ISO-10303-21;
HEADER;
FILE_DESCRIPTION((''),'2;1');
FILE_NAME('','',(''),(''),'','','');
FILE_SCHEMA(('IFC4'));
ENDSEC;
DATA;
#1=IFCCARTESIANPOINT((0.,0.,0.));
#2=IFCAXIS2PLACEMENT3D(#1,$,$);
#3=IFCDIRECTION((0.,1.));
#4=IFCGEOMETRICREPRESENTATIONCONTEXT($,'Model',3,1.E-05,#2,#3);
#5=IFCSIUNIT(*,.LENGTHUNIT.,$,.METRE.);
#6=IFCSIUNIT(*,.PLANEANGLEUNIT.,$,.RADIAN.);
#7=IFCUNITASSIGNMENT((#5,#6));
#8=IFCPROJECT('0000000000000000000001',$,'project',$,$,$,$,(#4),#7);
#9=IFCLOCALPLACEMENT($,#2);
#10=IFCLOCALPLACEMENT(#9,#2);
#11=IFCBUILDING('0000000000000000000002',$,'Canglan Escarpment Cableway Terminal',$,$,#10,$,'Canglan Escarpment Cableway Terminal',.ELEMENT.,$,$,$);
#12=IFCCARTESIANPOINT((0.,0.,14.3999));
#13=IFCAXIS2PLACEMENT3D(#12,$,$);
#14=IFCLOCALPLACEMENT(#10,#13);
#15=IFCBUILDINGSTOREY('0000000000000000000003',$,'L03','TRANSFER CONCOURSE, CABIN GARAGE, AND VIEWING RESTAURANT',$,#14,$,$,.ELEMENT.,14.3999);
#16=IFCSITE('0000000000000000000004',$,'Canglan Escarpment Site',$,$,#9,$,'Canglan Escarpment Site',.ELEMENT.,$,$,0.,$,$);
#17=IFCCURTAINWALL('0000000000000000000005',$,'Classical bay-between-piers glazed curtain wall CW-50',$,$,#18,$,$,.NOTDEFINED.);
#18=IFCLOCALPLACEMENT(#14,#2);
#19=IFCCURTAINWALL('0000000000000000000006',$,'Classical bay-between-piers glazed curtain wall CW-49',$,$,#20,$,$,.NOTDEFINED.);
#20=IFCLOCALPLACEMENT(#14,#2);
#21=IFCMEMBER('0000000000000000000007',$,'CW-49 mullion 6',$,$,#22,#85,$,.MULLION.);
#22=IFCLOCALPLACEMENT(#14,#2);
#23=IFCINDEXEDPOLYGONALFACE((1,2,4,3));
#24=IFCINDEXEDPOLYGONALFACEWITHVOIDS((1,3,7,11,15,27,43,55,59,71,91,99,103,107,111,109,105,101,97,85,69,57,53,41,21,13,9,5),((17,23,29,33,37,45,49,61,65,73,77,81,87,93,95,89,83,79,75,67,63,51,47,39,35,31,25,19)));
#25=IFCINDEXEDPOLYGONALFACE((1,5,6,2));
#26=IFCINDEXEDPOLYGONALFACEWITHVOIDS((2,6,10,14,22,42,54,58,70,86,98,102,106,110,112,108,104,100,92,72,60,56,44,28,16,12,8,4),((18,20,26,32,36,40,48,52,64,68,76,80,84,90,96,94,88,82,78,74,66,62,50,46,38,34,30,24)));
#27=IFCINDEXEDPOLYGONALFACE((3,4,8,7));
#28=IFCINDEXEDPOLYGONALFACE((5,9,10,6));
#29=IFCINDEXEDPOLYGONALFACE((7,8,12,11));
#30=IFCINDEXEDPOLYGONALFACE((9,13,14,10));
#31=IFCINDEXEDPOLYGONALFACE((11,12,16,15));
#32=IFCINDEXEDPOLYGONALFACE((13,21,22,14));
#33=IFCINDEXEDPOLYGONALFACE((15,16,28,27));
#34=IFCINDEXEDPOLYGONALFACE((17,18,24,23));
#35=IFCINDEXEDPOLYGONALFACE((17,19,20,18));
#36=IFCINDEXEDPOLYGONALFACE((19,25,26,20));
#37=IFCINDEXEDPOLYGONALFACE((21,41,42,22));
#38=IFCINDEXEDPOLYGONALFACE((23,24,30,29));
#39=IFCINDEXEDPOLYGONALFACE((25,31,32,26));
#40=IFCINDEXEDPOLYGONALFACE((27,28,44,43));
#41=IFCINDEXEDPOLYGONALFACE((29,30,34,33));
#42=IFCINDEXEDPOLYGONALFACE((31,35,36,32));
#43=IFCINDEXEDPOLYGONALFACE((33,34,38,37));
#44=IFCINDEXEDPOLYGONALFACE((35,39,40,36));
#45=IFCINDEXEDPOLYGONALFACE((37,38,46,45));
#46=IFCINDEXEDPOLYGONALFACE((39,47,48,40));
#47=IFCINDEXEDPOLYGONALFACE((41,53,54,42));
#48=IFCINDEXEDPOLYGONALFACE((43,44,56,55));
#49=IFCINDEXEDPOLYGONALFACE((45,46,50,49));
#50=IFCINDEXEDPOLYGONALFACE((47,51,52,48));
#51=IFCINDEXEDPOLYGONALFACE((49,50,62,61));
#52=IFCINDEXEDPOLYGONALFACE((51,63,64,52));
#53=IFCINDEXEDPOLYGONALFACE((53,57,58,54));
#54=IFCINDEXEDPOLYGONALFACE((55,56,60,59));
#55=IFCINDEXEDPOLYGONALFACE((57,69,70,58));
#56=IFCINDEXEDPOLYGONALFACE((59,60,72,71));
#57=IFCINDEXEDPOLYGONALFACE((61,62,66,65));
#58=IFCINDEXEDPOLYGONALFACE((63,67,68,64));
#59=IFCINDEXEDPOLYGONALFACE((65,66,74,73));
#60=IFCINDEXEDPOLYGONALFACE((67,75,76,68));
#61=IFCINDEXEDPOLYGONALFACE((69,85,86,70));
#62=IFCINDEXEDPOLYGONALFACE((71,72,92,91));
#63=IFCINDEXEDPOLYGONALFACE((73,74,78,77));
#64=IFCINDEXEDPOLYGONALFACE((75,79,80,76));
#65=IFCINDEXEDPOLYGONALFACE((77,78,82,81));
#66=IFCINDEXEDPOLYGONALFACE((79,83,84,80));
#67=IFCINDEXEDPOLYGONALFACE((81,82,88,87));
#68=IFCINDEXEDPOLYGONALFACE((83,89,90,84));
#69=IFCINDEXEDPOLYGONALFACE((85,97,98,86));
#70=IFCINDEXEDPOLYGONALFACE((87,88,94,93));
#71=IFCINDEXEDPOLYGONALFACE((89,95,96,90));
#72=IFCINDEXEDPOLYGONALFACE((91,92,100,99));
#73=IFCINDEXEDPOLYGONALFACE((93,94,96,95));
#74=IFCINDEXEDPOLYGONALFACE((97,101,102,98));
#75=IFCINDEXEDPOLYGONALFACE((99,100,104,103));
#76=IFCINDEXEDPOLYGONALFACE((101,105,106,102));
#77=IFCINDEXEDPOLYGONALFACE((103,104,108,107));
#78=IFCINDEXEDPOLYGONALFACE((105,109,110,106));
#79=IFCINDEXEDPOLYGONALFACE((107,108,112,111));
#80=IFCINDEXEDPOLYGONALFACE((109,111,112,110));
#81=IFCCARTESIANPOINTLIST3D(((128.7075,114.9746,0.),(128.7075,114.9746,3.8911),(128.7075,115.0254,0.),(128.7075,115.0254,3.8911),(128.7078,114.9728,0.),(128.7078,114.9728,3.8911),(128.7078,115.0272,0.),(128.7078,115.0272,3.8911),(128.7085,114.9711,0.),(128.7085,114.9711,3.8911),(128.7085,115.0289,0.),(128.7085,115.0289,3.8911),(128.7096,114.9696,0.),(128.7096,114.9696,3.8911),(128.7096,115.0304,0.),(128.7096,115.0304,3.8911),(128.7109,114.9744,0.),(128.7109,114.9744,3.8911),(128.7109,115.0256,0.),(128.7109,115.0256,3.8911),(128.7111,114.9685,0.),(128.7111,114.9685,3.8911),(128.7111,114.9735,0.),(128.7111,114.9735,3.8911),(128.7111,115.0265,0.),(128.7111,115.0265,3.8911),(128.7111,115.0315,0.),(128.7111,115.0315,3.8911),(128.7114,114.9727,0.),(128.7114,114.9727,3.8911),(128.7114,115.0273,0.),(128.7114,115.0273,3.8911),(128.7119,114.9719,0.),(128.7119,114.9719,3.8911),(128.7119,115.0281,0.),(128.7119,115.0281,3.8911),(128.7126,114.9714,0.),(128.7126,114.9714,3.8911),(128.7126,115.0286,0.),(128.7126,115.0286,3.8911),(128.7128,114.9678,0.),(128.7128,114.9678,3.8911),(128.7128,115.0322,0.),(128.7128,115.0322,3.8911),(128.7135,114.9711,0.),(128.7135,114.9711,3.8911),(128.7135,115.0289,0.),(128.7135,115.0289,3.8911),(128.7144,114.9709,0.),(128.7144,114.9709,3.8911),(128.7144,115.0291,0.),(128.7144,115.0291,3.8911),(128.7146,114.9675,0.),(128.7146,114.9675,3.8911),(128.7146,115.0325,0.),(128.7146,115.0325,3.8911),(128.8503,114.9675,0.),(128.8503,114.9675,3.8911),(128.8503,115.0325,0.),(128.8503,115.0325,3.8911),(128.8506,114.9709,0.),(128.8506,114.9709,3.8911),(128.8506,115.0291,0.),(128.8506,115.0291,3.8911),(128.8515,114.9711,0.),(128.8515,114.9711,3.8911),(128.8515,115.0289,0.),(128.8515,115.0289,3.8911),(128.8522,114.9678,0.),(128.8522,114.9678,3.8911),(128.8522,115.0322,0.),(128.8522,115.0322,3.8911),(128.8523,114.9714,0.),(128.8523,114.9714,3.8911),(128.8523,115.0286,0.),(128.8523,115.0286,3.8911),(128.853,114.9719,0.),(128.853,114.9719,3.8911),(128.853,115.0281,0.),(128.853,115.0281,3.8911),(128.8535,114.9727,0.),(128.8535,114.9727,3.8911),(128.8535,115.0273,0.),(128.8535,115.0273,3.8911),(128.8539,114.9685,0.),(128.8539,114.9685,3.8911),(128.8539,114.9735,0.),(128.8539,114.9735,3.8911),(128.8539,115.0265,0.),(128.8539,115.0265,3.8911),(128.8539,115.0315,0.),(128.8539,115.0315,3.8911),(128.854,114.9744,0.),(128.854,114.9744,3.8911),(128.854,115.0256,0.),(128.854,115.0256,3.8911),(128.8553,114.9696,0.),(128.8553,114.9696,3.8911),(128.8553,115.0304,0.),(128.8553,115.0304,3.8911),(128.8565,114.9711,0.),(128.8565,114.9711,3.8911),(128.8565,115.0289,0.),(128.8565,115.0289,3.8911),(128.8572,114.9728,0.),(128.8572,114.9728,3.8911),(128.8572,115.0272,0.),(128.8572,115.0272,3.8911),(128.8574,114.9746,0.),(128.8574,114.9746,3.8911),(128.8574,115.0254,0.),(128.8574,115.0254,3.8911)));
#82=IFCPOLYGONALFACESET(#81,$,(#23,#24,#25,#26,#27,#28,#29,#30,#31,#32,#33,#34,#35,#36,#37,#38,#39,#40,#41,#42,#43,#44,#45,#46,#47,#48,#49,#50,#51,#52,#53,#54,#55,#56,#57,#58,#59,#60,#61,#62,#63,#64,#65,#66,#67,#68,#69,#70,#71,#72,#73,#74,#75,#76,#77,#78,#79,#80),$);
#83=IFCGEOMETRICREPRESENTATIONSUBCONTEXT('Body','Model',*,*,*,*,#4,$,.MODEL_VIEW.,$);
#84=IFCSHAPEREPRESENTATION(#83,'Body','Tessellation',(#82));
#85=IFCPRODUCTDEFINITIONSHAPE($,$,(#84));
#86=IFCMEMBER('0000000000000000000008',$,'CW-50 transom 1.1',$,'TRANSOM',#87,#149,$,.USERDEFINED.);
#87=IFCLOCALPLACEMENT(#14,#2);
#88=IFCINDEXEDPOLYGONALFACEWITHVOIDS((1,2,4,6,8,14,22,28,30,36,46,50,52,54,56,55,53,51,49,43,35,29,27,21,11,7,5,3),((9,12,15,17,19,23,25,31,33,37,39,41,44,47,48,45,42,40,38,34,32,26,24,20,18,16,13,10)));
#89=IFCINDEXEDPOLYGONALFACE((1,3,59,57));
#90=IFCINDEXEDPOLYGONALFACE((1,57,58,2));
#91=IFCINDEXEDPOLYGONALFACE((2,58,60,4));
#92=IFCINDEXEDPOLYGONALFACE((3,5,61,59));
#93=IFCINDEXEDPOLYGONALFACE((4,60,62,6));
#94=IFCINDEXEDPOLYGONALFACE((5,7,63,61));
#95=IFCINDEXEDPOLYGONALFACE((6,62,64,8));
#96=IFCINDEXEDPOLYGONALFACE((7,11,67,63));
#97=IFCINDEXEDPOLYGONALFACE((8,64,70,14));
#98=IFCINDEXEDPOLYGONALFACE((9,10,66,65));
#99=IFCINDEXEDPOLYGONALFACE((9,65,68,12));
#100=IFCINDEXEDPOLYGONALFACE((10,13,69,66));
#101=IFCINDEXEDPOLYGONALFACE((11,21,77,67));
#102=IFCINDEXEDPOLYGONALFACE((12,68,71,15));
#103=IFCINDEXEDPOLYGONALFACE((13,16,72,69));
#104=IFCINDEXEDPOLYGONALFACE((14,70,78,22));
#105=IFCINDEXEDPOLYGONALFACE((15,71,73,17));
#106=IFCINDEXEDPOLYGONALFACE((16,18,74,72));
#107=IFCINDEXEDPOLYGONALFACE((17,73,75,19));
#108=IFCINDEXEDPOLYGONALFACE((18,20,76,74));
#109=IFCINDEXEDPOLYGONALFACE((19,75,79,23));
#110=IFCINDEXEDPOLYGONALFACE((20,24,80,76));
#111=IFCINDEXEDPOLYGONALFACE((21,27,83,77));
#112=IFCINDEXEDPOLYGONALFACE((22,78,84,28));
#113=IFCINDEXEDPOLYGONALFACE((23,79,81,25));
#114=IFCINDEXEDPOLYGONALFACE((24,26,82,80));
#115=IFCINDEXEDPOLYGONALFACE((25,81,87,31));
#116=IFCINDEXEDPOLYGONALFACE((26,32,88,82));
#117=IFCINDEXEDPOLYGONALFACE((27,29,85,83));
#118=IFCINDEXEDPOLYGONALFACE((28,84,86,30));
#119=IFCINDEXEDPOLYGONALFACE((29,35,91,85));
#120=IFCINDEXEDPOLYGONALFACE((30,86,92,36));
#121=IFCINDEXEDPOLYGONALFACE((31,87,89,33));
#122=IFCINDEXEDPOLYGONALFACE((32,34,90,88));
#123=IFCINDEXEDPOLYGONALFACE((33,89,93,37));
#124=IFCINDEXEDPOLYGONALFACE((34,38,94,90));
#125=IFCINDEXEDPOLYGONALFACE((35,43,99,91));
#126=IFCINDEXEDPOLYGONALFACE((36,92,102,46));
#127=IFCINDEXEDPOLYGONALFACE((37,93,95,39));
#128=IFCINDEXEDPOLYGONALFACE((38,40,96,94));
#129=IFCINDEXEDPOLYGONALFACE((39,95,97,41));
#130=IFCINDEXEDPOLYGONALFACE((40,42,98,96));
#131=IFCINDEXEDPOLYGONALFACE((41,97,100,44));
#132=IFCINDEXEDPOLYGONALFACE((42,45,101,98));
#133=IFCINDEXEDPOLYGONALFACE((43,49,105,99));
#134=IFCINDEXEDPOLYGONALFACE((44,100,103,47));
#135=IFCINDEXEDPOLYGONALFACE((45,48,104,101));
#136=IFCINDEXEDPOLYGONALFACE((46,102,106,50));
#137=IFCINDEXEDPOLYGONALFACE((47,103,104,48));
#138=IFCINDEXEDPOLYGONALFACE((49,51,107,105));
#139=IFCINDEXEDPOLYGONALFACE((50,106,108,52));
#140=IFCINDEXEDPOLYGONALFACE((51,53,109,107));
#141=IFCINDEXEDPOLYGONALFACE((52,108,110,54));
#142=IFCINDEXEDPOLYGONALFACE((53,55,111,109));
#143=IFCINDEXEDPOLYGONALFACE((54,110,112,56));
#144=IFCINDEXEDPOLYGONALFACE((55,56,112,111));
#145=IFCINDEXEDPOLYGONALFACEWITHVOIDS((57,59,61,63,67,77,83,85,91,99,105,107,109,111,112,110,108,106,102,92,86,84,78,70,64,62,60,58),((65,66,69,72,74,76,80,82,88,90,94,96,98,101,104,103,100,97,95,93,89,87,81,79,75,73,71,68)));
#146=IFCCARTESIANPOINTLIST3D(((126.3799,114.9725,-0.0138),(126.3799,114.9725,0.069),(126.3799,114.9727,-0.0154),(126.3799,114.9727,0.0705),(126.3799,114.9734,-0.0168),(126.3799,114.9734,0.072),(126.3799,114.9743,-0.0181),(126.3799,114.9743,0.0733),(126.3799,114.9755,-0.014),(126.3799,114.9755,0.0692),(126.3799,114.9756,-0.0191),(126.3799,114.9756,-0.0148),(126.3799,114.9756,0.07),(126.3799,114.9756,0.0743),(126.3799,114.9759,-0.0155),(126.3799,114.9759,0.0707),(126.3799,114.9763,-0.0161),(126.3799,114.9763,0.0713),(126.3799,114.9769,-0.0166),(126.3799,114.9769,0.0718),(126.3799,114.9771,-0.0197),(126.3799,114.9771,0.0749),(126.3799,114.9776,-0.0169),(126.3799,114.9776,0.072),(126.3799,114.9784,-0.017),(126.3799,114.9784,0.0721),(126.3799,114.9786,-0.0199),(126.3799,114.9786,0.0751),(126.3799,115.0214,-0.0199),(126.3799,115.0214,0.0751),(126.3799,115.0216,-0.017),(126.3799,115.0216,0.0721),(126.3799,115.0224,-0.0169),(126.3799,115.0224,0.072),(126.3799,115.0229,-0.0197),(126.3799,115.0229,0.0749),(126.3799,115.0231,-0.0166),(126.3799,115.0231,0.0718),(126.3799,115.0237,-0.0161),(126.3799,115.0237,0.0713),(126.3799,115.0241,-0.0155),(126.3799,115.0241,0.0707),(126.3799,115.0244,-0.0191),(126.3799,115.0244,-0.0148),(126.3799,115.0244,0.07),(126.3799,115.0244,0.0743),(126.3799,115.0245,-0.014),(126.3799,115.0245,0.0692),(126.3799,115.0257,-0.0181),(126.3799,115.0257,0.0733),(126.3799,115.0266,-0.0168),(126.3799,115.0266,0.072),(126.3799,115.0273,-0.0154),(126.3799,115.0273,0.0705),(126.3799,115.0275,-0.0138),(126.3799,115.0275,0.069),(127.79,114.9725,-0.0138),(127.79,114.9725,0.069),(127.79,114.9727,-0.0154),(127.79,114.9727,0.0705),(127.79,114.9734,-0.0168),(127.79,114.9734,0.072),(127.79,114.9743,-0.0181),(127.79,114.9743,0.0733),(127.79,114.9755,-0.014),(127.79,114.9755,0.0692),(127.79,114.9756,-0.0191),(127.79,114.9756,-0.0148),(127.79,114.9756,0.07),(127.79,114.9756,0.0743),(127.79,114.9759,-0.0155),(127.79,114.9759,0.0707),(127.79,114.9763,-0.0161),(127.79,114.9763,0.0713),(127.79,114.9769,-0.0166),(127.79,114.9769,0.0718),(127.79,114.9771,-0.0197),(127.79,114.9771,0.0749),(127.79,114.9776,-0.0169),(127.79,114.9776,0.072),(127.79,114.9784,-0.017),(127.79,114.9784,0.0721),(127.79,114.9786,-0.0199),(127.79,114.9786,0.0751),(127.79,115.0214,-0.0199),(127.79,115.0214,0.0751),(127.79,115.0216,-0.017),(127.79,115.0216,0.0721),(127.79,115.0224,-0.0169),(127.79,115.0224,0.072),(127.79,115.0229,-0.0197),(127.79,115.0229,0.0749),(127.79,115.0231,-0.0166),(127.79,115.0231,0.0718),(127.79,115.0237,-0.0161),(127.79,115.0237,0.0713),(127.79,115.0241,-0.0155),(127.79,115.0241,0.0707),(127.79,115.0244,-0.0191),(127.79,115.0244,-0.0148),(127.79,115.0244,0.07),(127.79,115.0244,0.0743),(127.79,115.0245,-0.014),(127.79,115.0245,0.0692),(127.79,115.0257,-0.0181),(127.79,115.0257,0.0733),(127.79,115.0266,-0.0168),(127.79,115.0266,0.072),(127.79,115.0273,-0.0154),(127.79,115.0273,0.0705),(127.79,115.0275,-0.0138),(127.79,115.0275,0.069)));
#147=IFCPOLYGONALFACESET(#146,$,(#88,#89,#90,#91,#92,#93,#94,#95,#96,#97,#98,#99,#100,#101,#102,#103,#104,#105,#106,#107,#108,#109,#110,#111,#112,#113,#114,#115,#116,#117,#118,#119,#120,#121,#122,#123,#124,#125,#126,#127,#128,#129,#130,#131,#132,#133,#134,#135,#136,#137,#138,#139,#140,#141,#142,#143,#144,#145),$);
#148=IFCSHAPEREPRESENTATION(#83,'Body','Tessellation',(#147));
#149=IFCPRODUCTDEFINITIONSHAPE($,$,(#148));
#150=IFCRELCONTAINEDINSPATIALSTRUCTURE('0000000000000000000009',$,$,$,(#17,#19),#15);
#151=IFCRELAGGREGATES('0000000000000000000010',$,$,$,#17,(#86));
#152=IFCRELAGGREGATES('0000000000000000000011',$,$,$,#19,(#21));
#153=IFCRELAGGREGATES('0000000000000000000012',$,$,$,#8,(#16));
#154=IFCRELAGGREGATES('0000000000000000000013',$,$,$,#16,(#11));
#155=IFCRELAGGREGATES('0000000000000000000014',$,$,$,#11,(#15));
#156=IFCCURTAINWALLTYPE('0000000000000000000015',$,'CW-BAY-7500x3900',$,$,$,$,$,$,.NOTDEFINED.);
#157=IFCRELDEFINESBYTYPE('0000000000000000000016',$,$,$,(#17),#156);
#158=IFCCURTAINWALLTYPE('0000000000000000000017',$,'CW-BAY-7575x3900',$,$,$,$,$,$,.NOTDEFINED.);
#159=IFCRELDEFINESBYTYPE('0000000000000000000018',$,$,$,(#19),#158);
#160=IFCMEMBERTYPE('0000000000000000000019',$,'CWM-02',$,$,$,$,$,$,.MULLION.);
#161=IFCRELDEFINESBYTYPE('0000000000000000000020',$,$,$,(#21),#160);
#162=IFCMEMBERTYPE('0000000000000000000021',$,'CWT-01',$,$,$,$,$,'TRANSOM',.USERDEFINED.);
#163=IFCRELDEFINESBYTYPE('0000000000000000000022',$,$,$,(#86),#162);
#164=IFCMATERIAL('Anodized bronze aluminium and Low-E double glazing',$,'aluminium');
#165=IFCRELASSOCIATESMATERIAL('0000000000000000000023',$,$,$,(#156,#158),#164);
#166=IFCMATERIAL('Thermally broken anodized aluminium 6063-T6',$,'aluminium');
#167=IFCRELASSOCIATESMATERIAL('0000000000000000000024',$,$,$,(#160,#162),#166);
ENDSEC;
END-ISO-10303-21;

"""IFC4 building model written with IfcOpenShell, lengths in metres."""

from ifc_helpers import new_model, si_unit, direction, frame, origin, origin_2d, place, context, subcontext, project, spatial, hollow_rectangle, extrude, material, material_profile, profile_set, type_object, element, aggregate, save


model = new_model("IFC4")

# Units and contexts
model_context = context("Model", 3, precision=1e-05, world=origin(), true_north=direction((0.0, 1.0)))
body_context = subcontext(model_context, "Body", "Model", "MODEL_VIEW")
ifc_project = project(units=[si_unit("LENGTHUNIT", "METRE"), si_unit("PLANEANGLEUNIT", "RADIAN")], contexts=[model_context])

# Site, building, storey
site_placement = place(None, origin())
site = spatial("IfcSite", under=ifc_project, at=site_placement, Name="Canglan Escarpment Site", LongName="Canglan Escarpment Site", CompositionType="ELEMENT", RefElevation=0.0)
building_placement = place(site_placement, origin())
building = spatial("IfcBuilding", under=site, at=building_placement, Name="Canglan Escarpment Cableway Terminal", LongName="Canglan Escarpment Cableway Terminal", CompositionType="ELEMENT")
storey_placement = place(building_placement, frame((0.0, 0.0, 14.3999)))
storey = spatial("IfcBuildingStorey", under=building, at=storey_placement, Name="L03", Description="TRANSFER CONCOURSE, CABIN GARAGE, AND VIEWING RESTAURANT", CompositionType="ELEMENT", Elevation=14.3999)

# Curtain wall
ifc_material_1 = material(Name="Anodized bronze aluminium and Low-E double glazing", Category="aluminium")
curtain_wall_type_1 = type_object("IfcCurtainWallType", Name="CW-BAY-7500x3900", PredefinedType="NOTDEFINED", material=ifc_material_1)
curtain_wall_1_placement = place(storey_placement, origin())
curtain_wall_1 = element("IfcCurtainWall", 1, at=curtain_wall_1_placement, inside=storey, type_object=curtain_wall_type_1, Name="Classical bay-between-piers glazed curtain wall CW-50", PredefinedType="NOTDEFINED")
ifc_material_2 = material(Name="Thermally broken anodized aluminium 6063-T6", Category="aluminium")

# Curtain wall, member
curtain_wall_type_2 = type_object("IfcCurtainWallType", Name="CW-BAY-7575x3900", PredefinedType="NOTDEFINED", material=ifc_material_1)
curtain_wall_2_placement = place(storey_placement, origin())
curtain_wall_2 = element("IfcCurtainWall", 2, at=curtain_wall_2_placement, inside=storey, type_object=curtain_wall_type_2, Name="Classical bay-between-piers glazed curtain wall CW-49", PredefinedType="NOTDEFINED")
ifc_material_profile_1 = material_profile(ifc_material_2, hollow_rectangle(XDim=0.0649, YDim=0.1499, WallThickness=0.0034, InnerFilletRadius=0.0034, OuterFilletRadius=0.0071, at=origin_2d()), Name="ALU-MULL 65x150x3.5")
ifc_profile_set_1 = profile_set([ifc_material_profile_1], Name="Thermally broken anodized aluminium 6063-T6")
member_type_1 = type_object("IfcMemberType", Name="CWM-02", PredefinedType="MULLION", material=ifc_profile_set_1)
member_1_placement = place(storey_placement, frame((128.7825, 115.0, 0.0), z_axis=(0.0, 0.0, 1.0), x_axis=(0.0, -1.0, 0.0)))
member_1 = element("IfcMember", 3, at=member_1_placement, type_object=member_type_1, Name="CW-49 mullion 6", PredefinedType="MULLION", context=body_context, shape_type="SweptSolid", body=[
    extrude(hollow_rectangle(XDim=0.0649, YDim=0.1499, WallThickness=0.0034, InnerFilletRadius=0.0034, OuterFilletRadius=0.0071, at=origin_2d()), origin(), (0.0, 0.0, 1.0), 3.8911),
])

# Member
ifc_material_profile_2 = material_profile(ifc_material_2, hollow_rectangle(XDim=0.0549, YDim=0.095, WallThickness=0.0029, InnerFilletRadius=0.0029, OuterFilletRadius=0.0061, at=origin_2d()), Name="ALU-TRAN 55x95x3")
ifc_profile_set_2 = profile_set([ifc_material_profile_2], Name="Thermally broken anodized aluminium 6063-T6")
member_type_2 = type_object("IfcMemberType", Name="CWT-01", ElementType="TRANSOM", PredefinedType="USERDEFINED", material=ifc_profile_set_2)
member_2_placement = place(storey_placement, frame((127.79, 115.0, 0.0276), z_axis=(-1.0, 0.0, 0.0), x_axis=(0.0, -1.0, 0.0)))
member_2 = element("IfcMember", 4, at=member_2_placement, type_object=member_type_2, Name="CW-50 transom 1.1", ObjectType="TRANSOM", PredefinedType="USERDEFINED", context=body_context, shape_type="SweptSolid", body=[
    extrude(hollow_rectangle(XDim=0.0549, YDim=0.095, WallThickness=0.0029, InnerFilletRadius=0.0029, OuterFilletRadius=0.0061, at=origin_2d()), origin(), (0.0, 0.0, 1.0), 1.4102),
])

aggregate(curtain_wall_1, [member_2])
aggregate(curtain_wall_2, [member_1])

save(model, "model.ifc")
